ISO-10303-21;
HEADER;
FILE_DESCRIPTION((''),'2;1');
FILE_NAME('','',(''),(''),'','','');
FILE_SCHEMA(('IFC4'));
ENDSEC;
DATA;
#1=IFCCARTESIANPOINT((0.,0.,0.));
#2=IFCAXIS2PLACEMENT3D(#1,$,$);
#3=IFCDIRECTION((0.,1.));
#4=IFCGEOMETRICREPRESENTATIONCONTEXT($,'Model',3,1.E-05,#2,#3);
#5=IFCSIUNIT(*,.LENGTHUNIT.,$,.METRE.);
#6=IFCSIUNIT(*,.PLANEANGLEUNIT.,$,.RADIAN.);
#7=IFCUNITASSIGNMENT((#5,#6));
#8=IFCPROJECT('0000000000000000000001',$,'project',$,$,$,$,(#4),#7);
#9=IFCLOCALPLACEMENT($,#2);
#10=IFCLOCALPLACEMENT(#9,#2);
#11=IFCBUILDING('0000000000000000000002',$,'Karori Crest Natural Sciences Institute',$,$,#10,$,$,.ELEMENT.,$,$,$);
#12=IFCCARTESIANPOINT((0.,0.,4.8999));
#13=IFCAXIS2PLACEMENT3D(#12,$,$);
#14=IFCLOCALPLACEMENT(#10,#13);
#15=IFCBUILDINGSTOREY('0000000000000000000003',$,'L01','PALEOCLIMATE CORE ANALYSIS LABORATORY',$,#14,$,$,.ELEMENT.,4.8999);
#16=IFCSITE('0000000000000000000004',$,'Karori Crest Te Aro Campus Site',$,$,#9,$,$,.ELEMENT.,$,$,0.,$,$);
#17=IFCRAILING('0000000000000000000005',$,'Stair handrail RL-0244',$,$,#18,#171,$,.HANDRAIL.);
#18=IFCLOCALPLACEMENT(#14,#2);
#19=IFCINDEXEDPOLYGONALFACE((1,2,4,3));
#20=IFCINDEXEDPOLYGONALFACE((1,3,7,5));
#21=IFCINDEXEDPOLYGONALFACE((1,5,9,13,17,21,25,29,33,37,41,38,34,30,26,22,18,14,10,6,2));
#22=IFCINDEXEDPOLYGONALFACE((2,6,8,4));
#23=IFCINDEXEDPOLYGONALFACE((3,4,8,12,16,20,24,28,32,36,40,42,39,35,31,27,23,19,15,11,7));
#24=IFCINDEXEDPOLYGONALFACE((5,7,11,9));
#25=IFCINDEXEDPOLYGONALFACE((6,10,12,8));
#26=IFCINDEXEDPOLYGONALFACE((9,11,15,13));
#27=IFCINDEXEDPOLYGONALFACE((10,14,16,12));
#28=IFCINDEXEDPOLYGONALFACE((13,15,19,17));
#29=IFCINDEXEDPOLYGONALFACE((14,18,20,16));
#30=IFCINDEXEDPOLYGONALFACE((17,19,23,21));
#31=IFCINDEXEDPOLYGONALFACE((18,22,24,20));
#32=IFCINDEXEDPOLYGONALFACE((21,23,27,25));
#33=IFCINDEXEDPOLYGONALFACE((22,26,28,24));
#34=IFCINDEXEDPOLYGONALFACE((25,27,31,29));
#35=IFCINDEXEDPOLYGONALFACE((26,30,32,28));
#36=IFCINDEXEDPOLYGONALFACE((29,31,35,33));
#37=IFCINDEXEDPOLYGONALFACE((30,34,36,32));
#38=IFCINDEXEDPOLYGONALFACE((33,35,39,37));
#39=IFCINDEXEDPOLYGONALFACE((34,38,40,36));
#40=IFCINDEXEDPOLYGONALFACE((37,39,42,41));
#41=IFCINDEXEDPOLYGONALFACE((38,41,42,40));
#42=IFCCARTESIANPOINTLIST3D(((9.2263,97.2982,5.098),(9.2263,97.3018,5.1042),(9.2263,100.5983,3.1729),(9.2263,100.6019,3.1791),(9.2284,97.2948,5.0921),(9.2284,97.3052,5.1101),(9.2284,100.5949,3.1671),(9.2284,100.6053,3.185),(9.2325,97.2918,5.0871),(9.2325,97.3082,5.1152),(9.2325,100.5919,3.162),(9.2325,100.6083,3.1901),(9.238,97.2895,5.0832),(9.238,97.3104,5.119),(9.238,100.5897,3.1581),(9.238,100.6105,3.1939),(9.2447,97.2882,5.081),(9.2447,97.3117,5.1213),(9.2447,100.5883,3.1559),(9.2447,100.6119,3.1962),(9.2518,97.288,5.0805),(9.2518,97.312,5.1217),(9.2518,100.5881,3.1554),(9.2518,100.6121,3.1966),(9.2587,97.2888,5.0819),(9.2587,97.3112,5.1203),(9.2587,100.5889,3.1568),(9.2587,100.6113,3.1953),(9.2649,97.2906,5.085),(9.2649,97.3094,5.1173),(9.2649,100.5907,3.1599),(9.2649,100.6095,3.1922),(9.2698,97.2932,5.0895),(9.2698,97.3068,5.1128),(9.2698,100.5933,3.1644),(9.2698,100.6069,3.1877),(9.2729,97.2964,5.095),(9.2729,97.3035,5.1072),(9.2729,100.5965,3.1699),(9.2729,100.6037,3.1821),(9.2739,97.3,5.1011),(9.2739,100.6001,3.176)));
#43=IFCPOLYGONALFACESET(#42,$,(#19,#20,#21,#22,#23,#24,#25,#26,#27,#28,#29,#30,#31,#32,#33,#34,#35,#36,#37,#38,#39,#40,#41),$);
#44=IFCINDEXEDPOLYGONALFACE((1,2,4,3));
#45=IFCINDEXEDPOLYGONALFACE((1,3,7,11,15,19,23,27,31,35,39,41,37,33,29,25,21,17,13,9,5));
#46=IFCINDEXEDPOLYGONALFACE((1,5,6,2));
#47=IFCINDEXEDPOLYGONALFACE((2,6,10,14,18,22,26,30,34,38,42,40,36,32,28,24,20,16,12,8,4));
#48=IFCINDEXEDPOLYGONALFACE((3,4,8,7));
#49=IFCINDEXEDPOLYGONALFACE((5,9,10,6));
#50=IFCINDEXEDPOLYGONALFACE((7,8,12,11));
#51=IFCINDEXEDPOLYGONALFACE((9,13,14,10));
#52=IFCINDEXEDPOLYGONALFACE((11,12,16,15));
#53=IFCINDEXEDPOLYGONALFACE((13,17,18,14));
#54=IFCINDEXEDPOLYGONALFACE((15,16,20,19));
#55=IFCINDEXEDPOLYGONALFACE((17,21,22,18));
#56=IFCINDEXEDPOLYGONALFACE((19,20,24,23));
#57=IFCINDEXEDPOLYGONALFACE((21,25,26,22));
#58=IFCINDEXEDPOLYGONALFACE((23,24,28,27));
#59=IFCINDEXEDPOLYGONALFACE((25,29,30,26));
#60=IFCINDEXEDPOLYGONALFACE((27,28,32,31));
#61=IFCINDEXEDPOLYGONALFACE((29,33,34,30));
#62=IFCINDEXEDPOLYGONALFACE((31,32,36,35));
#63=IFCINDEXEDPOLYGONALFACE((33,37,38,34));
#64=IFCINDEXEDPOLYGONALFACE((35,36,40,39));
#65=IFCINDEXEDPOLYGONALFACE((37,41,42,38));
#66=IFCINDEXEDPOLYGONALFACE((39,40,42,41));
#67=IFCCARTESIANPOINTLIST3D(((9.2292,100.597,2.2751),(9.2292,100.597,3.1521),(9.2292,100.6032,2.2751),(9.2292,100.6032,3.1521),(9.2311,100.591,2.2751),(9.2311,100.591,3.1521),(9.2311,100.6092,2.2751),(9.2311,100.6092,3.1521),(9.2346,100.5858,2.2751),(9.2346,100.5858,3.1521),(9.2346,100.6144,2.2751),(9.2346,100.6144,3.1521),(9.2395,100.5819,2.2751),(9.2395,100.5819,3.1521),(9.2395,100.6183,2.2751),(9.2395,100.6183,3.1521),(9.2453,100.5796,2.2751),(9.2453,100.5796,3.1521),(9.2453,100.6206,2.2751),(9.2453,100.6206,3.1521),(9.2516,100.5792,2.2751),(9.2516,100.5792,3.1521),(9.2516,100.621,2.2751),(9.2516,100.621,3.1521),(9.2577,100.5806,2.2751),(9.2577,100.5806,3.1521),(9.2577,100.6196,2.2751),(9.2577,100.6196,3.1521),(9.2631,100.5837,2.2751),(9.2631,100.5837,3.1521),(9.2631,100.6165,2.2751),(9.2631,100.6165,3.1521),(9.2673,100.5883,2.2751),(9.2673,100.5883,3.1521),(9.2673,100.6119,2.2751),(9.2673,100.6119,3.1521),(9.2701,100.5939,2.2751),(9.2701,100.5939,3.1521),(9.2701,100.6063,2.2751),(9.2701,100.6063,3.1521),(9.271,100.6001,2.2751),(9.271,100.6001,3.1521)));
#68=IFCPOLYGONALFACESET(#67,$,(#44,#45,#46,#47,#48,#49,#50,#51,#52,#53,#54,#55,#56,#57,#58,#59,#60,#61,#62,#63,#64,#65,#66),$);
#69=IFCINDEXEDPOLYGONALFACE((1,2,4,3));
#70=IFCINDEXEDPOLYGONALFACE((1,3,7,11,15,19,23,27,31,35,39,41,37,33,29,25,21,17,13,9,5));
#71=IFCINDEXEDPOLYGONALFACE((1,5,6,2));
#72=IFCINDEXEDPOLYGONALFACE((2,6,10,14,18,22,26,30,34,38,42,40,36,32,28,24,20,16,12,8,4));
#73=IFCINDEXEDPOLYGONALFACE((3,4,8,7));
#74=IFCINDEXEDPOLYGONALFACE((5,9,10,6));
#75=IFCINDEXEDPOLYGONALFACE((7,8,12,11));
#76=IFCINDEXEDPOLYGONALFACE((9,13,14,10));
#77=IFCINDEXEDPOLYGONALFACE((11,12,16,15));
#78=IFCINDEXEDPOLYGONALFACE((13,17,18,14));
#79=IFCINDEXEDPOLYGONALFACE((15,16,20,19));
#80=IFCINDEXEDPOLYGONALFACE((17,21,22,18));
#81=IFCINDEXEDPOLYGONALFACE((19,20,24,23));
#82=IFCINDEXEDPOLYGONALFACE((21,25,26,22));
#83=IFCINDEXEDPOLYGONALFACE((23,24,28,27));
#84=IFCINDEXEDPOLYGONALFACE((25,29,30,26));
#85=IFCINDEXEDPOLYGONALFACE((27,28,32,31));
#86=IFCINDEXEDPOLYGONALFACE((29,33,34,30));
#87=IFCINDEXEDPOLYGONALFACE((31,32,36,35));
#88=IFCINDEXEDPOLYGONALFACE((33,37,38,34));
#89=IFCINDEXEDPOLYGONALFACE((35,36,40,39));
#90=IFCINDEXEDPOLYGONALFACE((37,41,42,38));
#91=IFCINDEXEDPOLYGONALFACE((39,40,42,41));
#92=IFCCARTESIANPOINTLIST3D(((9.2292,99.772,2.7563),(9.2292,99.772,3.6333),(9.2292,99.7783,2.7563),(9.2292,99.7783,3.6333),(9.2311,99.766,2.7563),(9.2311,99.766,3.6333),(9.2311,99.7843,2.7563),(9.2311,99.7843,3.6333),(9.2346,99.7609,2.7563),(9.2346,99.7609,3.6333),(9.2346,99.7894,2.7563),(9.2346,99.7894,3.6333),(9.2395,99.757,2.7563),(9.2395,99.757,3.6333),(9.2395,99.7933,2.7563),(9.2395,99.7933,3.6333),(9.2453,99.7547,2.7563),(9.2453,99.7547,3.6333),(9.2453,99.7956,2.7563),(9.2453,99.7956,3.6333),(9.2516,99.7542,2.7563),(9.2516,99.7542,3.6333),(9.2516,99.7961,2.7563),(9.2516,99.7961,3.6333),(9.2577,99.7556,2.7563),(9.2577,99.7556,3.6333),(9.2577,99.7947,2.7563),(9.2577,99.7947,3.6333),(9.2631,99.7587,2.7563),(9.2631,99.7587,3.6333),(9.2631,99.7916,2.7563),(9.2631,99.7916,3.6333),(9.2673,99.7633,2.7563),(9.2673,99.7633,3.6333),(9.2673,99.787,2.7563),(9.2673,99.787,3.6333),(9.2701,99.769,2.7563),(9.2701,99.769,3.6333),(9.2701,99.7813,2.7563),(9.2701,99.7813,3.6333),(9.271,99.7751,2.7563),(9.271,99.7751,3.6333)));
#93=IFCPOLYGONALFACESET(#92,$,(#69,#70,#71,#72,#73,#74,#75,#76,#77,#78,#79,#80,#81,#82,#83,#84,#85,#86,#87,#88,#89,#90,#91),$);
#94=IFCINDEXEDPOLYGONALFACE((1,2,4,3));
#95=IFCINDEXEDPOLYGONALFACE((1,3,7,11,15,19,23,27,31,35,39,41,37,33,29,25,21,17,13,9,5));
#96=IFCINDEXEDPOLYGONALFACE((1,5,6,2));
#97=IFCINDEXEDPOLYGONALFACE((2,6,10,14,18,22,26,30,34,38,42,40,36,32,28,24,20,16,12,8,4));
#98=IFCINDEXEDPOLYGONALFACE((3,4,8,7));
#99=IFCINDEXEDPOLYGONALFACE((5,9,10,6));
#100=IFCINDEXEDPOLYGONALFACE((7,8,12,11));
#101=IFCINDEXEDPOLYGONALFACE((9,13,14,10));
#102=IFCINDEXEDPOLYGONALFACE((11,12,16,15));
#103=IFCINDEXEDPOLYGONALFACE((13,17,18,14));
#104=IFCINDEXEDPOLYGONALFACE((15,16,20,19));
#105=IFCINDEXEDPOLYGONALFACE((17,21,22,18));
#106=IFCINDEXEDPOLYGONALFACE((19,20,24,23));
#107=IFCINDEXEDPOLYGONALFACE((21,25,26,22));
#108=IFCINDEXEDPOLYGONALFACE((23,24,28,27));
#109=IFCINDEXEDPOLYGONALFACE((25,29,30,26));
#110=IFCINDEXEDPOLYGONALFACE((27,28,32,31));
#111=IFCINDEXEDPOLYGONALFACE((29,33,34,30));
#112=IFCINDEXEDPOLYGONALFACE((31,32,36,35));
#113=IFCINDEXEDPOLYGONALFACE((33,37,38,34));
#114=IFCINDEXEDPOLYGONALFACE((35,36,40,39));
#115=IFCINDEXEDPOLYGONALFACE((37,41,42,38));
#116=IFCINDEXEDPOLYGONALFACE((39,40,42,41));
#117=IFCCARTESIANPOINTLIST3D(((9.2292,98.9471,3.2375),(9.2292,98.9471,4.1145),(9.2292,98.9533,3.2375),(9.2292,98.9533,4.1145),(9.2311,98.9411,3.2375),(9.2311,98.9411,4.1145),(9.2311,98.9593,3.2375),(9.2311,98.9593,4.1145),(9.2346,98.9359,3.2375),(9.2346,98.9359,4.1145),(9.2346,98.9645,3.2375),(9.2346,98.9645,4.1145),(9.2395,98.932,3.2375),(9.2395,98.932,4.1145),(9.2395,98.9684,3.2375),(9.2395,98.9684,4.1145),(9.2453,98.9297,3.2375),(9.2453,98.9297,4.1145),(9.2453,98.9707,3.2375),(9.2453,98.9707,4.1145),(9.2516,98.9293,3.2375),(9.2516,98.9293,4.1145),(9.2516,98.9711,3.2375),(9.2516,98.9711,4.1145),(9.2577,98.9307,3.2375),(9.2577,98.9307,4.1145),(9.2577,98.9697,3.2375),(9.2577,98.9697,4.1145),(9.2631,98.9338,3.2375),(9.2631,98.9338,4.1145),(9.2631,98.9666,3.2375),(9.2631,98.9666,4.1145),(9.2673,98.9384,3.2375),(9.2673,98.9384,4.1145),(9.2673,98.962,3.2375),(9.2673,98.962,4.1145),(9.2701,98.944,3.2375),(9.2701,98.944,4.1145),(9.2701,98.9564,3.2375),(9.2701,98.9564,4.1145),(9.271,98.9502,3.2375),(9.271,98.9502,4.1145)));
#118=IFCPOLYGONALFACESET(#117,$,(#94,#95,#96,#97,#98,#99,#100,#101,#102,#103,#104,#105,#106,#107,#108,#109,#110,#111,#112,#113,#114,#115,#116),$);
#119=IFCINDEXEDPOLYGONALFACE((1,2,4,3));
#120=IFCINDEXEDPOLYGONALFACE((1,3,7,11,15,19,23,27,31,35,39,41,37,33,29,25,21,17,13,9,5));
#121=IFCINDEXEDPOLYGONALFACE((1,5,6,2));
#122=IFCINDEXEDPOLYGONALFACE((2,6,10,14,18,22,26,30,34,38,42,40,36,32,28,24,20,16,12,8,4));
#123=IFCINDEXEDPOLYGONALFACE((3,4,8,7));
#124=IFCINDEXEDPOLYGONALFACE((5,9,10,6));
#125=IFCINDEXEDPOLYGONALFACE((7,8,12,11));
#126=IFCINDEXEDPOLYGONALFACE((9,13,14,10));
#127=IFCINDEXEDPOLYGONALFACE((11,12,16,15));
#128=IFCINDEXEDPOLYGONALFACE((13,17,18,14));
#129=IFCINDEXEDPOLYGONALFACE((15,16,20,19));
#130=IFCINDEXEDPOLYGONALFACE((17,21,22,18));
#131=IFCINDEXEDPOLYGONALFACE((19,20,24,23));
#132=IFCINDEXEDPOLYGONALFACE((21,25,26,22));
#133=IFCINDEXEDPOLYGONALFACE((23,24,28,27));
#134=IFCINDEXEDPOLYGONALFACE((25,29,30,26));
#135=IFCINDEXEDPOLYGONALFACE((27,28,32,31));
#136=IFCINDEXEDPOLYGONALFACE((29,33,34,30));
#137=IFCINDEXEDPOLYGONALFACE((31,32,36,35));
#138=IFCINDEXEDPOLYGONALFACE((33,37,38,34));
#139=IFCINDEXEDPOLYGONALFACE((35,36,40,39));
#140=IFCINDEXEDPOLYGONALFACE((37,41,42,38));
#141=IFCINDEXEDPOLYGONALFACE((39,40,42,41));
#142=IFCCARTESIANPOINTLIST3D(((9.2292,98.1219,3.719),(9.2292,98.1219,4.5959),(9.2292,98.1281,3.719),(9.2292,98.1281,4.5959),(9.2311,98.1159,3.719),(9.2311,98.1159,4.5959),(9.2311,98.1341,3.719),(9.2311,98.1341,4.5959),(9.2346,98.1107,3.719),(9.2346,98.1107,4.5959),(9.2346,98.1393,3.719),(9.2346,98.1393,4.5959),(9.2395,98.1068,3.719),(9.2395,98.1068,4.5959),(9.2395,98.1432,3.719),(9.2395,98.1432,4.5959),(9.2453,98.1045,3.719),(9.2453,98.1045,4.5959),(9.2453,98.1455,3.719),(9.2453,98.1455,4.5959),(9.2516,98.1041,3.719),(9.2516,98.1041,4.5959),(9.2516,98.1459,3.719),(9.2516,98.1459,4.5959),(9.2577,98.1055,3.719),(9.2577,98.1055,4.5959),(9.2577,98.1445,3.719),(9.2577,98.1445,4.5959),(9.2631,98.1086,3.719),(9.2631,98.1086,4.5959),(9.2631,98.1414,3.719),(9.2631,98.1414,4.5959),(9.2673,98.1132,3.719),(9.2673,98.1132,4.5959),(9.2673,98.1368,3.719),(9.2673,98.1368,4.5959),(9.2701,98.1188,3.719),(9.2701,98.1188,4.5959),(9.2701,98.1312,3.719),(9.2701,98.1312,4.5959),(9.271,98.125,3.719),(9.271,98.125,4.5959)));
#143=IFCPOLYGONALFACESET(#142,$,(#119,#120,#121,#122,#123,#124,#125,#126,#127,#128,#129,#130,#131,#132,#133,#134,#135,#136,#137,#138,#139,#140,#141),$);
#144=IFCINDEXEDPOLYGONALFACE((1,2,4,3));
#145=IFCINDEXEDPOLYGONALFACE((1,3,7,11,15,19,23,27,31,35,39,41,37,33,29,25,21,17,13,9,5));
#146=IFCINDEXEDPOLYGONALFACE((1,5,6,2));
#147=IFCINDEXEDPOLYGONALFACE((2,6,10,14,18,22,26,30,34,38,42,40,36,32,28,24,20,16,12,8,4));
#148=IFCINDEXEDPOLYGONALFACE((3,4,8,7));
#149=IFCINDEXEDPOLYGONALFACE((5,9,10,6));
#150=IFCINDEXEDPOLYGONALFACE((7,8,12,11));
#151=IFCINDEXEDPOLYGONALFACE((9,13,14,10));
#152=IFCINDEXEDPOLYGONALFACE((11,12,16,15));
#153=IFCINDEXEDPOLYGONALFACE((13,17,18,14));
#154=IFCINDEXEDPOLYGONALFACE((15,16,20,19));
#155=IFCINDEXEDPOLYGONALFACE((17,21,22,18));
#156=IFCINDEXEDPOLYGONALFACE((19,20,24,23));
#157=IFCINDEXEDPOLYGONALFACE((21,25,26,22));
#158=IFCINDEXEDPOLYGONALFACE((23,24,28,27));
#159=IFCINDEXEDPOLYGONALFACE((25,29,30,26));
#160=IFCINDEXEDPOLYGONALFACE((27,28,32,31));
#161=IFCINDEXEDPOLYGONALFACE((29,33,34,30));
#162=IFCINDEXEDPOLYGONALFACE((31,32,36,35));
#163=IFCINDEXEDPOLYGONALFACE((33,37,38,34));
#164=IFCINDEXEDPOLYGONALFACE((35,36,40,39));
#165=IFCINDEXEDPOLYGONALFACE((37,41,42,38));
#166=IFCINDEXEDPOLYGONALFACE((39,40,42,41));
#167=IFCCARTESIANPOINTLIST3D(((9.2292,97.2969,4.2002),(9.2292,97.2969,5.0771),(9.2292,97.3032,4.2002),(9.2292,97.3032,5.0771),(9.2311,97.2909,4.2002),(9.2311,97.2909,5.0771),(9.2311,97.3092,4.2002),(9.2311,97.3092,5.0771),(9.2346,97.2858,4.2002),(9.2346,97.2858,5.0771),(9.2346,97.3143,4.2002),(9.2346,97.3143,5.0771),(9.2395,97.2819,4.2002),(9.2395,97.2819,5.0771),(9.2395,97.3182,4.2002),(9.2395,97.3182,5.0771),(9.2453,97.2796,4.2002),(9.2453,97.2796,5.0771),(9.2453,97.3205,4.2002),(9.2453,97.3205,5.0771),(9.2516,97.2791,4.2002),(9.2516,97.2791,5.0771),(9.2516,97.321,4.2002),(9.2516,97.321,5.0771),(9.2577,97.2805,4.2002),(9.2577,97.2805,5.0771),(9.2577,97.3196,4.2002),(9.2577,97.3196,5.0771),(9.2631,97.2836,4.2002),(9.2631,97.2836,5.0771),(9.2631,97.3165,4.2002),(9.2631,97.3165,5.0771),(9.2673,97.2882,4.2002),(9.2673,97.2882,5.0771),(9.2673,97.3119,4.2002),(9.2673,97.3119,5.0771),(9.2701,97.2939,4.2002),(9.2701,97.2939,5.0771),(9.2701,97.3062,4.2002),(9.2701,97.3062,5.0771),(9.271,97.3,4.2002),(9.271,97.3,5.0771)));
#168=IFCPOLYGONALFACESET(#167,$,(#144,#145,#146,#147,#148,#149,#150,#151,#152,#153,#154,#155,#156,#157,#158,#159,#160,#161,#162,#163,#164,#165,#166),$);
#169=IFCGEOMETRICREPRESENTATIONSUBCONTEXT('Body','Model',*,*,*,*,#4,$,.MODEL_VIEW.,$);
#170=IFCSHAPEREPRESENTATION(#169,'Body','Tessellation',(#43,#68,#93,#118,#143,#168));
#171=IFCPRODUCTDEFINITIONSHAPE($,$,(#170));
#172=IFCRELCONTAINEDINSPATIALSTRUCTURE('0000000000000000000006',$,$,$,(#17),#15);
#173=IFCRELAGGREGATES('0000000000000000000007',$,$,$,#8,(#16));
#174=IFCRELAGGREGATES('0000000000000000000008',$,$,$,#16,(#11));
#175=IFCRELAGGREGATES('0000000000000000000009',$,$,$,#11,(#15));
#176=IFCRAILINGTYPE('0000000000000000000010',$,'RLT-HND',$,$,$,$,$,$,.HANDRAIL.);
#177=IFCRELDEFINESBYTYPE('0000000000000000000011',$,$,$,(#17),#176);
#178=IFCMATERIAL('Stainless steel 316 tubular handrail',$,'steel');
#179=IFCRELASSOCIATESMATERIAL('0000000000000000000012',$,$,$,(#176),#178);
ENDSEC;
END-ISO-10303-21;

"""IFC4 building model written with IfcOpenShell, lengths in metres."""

from ifc_helpers import new_model, si_unit, direction, frame, origin, origin_2d, place, context, subcontext, project, spatial, circle, extrude, material, type_object, element, save


model = new_model("IFC4")

# Units and contexts
model_context = context("Model", 3, precision=1e-05, world=origin(), true_north=direction((0.0, 1.0)))
body_context = subcontext(model_context, "Body", "Model", "MODEL_VIEW")
ifc_project = project(units=[si_unit("LENGTHUNIT", "METRE"), si_unit("PLANEANGLEUNIT", "RADIAN")], contexts=[model_context])

# Site, building, storey
site_placement = place(None, origin())
site = spatial("IfcSite", under=ifc_project, at=site_placement, Name="Karori Crest Te Aro Campus Site", CompositionType="ELEMENT", RefElevation=0.0)
building_placement = place(site_placement, origin())
building = spatial("IfcBuilding", under=site, at=building_placement, Name="Karori Crest Natural Sciences Institute", CompositionType="ELEMENT")
storey_placement = place(building_placement, frame((0.0, 0.0, 4.8999)))
storey = spatial("IfcBuildingStorey", under=building, at=storey_placement, Name="L01", Description="PALEOCLIMATE CORE ANALYSIS LABORATORY", CompositionType="ELEMENT", Elevation=4.8999)

# Railing
ifc_material_1 = material(Name="Stainless steel 316 tubular handrail", Category="steel")
railing_type_1 = type_object("IfcRailingType", Name="RLT-HND", PredefinedType="HANDRAIL", material=ifc_material_1)
railing_1_placement = place(storey_placement, frame((9.25, 100.6001, 2.2751)))
element("IfcRailing", 1, at=railing_1_placement, inside=storey, type_object=railing_type_1, Name="Stair handrail RL-0244", PredefinedType="HANDRAIL", context=body_context, shape_type="SweptSolid", body=[
    extrude(circle(Radius=0.0239, at=origin_2d()), frame((0.0, 0.0, 0.9009), z_axis=(0.0, -0.863777, 0.503875), x_axis=(1.0, 0.0, 0.0)), (0.0, 0.0, 1.0), 3.8206),
    extrude(circle(Radius=0.021, at=origin_2d()), origin(), (0.0, 0.0, 1.0), 0.877),
    extrude(circle(Radius=0.021, at=origin_2d()), frame((0.0, -0.825, 0.4812)), (0.0, 0.0, 1.0), 0.877),
    extrude(circle(Radius=0.021, at=origin_2d()), frame((0.0, -1.6499, 0.9624)), (0.0, 0.0, 1.0), 0.877),
    extrude(circle(Radius=0.021, at=origin_2d()), frame((0.0, -2.4751, 1.4438)), (0.0, 0.0, 1.0), 0.877),
    extrude(circle(Radius=0.021, at=origin_2d()), frame((0.0, -3.3, 1.925)), (0.0, 0.0, 1.0), 0.877),
])

save(model, "model.ifc")
